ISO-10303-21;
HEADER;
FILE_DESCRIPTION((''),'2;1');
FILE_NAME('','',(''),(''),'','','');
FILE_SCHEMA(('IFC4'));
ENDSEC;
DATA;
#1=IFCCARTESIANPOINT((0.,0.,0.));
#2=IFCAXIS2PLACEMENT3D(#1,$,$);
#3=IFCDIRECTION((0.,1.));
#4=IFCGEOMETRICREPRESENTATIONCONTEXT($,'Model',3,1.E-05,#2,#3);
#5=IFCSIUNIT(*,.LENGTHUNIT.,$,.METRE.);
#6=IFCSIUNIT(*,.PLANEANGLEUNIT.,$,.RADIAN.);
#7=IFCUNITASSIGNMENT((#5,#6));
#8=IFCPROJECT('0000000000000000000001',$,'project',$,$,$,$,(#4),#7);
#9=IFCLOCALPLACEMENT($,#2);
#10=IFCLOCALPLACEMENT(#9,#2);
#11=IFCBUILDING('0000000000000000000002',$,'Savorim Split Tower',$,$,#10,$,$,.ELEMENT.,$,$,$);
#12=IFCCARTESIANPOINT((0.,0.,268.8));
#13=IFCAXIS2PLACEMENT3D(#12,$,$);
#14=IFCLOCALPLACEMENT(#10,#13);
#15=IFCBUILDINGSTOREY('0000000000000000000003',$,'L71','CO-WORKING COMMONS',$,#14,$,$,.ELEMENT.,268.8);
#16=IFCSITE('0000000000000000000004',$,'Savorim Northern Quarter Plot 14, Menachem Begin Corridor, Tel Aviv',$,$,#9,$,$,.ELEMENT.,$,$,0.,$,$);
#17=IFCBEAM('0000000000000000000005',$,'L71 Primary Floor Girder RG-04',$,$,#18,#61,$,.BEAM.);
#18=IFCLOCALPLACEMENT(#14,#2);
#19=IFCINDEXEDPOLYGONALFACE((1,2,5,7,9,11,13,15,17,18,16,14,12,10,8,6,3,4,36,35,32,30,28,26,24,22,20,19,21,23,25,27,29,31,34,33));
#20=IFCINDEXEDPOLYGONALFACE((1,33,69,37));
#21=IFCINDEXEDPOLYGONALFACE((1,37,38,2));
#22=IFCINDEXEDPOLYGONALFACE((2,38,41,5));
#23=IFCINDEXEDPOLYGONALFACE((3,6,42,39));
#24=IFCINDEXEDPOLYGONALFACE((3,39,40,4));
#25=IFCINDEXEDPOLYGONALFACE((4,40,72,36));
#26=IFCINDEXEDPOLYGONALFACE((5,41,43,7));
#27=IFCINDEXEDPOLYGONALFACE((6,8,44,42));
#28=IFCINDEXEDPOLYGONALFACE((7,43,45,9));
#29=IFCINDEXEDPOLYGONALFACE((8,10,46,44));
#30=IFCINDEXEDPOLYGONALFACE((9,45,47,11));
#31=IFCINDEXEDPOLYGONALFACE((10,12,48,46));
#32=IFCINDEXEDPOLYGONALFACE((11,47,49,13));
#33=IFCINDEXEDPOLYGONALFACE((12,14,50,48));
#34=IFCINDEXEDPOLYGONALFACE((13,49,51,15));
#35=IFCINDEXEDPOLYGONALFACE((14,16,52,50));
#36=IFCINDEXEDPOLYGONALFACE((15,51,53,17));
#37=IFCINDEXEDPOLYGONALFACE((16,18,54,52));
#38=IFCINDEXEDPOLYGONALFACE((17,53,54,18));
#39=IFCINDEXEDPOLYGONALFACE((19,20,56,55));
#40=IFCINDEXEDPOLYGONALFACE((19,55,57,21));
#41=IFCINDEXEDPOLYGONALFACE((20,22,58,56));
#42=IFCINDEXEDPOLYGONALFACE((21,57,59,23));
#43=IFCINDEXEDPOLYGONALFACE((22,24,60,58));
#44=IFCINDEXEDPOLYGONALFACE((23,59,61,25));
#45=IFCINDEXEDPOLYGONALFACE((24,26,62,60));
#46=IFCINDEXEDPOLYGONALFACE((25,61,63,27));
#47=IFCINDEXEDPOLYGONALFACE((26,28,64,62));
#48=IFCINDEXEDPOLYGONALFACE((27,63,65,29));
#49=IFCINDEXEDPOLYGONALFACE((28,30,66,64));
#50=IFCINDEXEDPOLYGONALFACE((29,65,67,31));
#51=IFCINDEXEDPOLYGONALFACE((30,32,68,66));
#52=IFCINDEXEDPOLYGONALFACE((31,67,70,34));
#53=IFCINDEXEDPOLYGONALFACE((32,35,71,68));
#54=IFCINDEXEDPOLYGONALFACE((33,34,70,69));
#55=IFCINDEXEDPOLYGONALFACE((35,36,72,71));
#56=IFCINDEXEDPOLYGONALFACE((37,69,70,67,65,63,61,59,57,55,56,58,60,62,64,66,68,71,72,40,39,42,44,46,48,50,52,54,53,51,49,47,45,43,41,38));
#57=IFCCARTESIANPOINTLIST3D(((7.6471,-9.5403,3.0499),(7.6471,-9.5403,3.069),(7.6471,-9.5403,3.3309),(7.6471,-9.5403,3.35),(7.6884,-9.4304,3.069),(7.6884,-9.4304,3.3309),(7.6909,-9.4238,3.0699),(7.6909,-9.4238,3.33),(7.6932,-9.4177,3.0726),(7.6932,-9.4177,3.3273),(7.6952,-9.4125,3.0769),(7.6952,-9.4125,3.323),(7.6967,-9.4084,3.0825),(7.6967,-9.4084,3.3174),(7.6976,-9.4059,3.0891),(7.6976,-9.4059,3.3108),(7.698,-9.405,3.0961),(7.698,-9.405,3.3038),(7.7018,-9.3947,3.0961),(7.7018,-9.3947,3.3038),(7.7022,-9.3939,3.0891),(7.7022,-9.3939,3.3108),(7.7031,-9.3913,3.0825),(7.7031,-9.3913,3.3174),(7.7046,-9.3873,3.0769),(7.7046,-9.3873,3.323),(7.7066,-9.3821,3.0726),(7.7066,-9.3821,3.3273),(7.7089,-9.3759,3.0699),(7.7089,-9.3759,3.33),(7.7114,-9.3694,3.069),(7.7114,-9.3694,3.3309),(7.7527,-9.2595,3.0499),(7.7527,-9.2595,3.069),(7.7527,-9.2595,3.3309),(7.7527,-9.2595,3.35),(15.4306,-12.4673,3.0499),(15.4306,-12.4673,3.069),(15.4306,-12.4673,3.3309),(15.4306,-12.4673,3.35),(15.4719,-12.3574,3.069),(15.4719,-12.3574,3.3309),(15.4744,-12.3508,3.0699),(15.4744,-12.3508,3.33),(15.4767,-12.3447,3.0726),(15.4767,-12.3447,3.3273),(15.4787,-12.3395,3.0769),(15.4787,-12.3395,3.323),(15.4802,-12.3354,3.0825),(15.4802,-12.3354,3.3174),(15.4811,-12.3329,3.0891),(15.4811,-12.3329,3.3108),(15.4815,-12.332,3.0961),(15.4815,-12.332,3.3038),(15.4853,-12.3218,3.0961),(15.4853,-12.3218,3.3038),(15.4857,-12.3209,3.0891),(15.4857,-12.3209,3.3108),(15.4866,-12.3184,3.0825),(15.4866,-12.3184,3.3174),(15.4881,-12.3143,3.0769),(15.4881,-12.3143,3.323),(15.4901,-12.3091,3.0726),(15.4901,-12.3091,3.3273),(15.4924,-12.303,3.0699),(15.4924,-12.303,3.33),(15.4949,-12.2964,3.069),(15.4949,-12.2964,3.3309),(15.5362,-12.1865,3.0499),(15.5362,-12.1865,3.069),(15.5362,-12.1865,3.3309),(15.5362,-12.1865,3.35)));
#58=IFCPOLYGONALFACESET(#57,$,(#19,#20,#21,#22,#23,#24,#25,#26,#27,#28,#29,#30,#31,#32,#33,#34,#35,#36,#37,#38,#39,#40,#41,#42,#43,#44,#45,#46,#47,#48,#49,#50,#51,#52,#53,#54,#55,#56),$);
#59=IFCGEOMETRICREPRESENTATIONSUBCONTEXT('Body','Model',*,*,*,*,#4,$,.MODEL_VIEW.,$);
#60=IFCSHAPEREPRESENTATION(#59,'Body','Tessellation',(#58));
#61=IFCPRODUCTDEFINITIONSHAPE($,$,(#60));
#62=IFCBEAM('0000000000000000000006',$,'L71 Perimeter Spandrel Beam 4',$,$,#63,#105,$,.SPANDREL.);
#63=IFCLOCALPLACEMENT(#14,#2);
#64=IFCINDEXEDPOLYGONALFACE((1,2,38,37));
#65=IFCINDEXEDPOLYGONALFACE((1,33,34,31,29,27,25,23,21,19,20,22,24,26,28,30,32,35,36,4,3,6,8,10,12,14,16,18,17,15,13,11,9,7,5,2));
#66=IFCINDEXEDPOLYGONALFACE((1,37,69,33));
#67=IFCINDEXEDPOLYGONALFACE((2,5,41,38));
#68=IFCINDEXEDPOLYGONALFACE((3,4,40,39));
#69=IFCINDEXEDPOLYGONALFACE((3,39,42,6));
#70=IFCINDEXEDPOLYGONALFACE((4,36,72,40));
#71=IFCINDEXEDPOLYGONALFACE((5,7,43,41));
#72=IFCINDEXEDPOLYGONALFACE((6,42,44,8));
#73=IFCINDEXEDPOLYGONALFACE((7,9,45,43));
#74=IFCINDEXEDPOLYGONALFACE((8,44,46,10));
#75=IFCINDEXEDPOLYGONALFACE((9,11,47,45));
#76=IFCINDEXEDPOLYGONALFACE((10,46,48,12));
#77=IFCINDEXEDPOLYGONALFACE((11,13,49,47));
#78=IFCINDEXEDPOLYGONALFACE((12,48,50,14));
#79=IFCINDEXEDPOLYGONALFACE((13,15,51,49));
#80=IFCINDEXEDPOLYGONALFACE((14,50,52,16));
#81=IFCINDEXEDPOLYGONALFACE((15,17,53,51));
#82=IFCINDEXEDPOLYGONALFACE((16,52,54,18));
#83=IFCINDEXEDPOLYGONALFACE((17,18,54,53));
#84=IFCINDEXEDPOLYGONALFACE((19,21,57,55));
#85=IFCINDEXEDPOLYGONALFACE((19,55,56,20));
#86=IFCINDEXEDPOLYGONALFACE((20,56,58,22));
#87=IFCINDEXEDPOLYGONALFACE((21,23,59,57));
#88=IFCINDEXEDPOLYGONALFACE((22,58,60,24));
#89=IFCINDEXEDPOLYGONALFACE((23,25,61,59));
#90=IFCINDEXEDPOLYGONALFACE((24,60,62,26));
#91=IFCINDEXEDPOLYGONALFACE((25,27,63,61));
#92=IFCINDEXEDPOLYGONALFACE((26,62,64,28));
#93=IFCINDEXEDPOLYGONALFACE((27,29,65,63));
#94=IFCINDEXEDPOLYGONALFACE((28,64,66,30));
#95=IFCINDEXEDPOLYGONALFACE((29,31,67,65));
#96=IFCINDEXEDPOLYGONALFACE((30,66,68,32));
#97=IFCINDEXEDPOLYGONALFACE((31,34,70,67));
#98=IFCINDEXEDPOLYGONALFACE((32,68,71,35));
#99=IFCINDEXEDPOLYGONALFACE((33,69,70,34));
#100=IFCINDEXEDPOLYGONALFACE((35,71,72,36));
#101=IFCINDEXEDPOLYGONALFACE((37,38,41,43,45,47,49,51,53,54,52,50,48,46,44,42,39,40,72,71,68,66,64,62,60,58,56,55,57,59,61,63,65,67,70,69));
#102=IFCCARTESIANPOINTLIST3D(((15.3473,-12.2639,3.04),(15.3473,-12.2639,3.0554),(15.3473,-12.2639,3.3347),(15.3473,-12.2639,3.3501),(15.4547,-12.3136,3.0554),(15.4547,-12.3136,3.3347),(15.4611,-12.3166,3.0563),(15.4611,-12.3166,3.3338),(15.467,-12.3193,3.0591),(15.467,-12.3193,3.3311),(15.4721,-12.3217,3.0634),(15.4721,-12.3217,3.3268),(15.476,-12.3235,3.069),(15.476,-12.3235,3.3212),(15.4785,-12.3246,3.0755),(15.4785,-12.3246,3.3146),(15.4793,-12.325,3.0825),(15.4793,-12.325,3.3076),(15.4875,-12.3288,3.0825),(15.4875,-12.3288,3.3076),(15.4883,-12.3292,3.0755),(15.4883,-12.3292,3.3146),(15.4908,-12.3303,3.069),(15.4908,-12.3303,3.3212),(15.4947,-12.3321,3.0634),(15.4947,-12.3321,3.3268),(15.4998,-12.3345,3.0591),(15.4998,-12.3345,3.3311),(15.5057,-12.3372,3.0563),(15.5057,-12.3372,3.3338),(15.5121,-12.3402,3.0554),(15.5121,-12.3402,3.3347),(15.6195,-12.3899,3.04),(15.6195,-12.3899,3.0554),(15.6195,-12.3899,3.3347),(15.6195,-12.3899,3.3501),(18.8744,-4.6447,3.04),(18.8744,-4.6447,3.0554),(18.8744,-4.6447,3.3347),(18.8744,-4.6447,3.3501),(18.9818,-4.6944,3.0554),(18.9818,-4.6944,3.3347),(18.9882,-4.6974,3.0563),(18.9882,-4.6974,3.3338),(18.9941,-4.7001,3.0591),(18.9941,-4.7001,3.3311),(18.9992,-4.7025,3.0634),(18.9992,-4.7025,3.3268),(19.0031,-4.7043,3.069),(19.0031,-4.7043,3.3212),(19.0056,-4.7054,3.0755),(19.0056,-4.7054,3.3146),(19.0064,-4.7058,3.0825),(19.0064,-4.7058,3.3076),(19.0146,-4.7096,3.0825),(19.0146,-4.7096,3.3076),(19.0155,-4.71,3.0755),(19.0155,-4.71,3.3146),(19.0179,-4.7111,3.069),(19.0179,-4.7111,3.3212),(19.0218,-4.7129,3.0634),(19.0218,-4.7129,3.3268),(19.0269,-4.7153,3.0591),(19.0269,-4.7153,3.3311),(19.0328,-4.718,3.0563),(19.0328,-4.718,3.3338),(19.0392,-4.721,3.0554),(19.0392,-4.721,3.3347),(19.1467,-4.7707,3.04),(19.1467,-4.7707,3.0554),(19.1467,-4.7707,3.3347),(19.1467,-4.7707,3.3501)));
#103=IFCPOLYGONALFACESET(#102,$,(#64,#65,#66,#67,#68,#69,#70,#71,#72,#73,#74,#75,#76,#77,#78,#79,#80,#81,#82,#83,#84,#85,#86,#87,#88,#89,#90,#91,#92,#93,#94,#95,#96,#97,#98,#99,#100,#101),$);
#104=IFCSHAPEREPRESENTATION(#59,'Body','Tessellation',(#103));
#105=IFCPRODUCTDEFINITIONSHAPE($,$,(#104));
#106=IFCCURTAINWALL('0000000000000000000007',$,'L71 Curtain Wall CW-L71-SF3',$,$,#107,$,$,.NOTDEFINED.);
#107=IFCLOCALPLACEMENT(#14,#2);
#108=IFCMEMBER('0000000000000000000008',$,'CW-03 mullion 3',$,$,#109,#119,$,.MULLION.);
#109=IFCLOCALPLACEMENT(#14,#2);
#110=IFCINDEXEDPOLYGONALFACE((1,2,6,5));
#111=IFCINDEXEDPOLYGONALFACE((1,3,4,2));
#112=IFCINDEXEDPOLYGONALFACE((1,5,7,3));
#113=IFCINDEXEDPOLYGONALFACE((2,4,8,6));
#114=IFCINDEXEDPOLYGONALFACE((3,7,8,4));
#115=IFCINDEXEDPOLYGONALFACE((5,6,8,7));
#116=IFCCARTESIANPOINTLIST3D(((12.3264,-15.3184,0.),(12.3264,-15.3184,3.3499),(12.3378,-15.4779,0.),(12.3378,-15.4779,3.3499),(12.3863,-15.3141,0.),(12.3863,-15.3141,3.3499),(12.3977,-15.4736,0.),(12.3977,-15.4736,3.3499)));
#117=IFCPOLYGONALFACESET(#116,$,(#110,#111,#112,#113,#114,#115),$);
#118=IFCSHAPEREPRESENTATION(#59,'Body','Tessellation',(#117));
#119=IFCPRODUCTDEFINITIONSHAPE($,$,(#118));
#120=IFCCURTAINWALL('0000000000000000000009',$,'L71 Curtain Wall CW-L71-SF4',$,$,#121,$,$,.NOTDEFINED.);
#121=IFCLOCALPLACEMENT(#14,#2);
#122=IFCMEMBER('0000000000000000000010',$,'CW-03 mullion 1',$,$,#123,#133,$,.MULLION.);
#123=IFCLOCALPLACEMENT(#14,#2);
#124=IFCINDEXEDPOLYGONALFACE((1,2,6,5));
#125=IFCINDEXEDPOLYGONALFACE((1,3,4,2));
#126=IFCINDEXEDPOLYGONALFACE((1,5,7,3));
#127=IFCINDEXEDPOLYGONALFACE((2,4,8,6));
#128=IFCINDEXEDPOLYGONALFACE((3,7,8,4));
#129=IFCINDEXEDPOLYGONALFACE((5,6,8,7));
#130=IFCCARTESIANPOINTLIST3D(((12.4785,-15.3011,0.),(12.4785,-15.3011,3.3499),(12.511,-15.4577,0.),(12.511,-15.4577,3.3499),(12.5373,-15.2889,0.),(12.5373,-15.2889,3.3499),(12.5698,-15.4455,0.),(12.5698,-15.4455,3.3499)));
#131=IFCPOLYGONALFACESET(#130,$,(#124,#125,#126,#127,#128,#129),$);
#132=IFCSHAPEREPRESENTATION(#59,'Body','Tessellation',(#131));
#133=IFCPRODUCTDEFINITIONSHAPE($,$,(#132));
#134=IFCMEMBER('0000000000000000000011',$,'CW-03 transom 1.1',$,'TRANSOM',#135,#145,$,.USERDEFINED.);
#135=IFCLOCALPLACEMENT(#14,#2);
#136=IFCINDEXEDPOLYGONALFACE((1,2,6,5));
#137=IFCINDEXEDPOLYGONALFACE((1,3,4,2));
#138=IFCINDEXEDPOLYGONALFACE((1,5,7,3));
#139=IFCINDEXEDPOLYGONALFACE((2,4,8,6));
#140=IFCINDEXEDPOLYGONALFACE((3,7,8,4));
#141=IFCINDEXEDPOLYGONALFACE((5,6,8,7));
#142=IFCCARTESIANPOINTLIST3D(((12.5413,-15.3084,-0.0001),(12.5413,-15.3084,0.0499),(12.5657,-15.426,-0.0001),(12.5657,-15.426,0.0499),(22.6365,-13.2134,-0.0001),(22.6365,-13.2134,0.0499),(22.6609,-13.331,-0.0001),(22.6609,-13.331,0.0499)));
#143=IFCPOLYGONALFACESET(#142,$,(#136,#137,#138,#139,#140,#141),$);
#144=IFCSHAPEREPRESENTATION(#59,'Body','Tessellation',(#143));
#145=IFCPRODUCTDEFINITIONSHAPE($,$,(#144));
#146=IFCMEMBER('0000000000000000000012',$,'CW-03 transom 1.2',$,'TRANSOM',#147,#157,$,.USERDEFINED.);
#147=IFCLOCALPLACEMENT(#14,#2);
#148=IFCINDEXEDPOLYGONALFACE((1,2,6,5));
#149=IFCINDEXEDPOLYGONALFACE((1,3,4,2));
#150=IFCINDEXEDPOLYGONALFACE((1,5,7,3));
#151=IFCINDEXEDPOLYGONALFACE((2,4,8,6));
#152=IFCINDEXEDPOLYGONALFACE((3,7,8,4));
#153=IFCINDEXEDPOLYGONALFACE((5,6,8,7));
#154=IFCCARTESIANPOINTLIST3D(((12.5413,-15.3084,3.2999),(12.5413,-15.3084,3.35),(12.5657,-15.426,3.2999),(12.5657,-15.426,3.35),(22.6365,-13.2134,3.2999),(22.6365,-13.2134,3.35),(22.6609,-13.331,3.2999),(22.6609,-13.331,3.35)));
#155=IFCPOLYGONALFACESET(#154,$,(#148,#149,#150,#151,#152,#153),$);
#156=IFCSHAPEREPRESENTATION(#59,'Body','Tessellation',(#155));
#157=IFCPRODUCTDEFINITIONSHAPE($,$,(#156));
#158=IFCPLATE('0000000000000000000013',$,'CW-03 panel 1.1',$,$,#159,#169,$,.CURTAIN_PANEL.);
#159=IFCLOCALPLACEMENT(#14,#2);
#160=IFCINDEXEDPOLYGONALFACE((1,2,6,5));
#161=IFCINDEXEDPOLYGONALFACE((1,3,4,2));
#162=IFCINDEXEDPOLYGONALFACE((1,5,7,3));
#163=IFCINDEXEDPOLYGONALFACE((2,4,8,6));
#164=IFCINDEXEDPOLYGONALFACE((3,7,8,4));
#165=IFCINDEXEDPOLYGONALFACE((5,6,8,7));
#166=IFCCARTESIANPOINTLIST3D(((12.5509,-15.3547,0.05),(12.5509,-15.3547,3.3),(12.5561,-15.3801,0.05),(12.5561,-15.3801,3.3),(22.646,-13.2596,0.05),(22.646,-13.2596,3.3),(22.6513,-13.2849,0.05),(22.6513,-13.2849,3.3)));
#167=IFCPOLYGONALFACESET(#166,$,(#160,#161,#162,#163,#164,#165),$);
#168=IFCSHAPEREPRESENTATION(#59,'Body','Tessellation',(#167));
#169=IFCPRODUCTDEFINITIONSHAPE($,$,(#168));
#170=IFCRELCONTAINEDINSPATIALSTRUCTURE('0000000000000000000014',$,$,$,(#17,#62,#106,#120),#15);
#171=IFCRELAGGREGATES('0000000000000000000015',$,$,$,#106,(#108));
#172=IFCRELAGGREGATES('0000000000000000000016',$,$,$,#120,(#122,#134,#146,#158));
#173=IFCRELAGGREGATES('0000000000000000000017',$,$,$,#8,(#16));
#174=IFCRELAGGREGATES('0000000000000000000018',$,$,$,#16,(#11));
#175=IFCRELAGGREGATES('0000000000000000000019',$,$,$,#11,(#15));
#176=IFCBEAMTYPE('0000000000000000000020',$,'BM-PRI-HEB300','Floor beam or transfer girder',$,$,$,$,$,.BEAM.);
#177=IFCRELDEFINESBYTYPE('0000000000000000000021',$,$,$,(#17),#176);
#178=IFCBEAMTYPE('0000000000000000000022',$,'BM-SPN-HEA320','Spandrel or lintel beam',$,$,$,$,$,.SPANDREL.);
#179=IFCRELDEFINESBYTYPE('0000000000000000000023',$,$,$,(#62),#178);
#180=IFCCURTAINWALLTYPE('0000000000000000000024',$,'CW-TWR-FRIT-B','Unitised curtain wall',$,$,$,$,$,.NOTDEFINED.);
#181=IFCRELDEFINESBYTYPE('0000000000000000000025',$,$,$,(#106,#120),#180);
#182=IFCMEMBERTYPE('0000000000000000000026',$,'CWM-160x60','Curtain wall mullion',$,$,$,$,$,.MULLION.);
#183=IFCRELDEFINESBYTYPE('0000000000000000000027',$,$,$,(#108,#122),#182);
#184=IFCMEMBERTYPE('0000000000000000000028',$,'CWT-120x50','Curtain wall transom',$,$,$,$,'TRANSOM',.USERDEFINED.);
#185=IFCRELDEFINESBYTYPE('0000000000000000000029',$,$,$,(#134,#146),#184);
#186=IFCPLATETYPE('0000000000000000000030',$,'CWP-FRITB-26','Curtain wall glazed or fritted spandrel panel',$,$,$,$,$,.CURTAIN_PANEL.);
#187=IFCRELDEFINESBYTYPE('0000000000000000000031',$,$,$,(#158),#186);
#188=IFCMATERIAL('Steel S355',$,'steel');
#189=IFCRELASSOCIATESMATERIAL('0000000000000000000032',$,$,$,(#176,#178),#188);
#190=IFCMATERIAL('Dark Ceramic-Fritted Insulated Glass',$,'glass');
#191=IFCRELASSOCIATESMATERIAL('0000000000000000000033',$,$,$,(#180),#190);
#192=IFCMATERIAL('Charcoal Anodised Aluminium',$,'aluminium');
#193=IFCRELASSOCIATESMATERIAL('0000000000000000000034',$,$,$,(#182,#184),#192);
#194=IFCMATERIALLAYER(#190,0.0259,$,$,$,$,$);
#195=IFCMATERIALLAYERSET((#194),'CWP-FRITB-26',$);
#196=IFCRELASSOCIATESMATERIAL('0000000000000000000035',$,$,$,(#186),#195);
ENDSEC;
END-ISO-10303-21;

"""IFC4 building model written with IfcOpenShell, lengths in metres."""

from ifc_helpers import new_model, si_unit, direction, frame, origin, origin_2d, place, context, subcontext, project, spatial, rectangle, i_section, extrude, material, layer, layer_set, material_profile, profile_set, type_object, element, aggregate, save


model = new_model("IFC4")

# Units and contexts
model_context = context("Model", 3, precision=1e-05, world=origin(), true_north=direction((0.0, 1.0)))
body_context = subcontext(model_context, "Body", "Model", "MODEL_VIEW")
ifc_project = project(units=[si_unit("LENGTHUNIT", "METRE"), si_unit("PLANEANGLEUNIT", "RADIAN")], contexts=[model_context])

# Site, building, storey
site_placement = place(None, origin())
site = spatial("IfcSite", under=ifc_project, at=site_placement, Name="Savorim Northern Quarter Plot 14, Menachem Begin Corridor, Tel Aviv", CompositionType="ELEMENT", RefElevation=0.0)
building_placement = place(site_placement, origin())
building = spatial("IfcBuilding", under=site, at=building_placement, Name="Savorim Split Tower", CompositionType="ELEMENT")
storey_placement = place(building_placement, frame((0.0, 0.0, 268.8)))
storey = spatial("IfcBuildingStorey", under=building, at=storey_placement, Name="L71", Description="CO-WORKING COMMONS", CompositionType="ELEMENT", Elevation=268.8)

# Shared definitions
ifc_material_1 = material(Name="Steel S355", Category="steel")

# Beams
ifc_material_profile_1 = material_profile(ifc_material_1, i_section(OverallWidth=0.3, OverallDepth=0.3, WebThickness=0.011, FlangeThickness=0.019, FilletRadius=0.0271, at=origin_2d()), Name="HEB 300")
ifc_profile_set_1 = profile_set([ifc_material_profile_1], Name="Steel S355")
beam_type_1 = type_object("IfcBeamType", Name="BM-PRI-HEB300", Description="Floor beam or transfer girder", PredefinedType="BEAM", material=ifc_profile_set_1)
beam_1_placement = place(storey_placement, frame((15.4834, -12.3269, 3.2), z_axis=(-0.936004, 0.351989, 0.0), x_axis=(-0.351989, -0.936004, 0.0)))
element("IfcBeam", 1, at=beam_1_placement, inside=storey, type_object=beam_type_1, Name="L71 Primary Floor Girder RG-04", PredefinedType="BEAM", context=body_context, shape_type="SweptSolid", body=[
    extrude(i_section(OverallWidth=0.3, OverallDepth=0.3, WebThickness=0.011, FlangeThickness=0.019, FilletRadius=0.0271, at=origin_2d()), origin(), (0.0, 0.0, 1.0), 8.3157),
])
ifc_material_profile_2 = material_profile(ifc_material_1, i_section(OverallWidth=0.3, OverallDepth=0.3101, WebThickness=0.009, FlangeThickness=0.0154, FilletRadius=0.0271, at=origin_2d()), Name="HEA 320")
ifc_profile_set_2 = profile_set([ifc_material_profile_2], Name="Steel S355")
beam_type_2 = type_object("IfcBeamType", Name="BM-SPN-HEA320", Description="Spandrel or lintel beam", PredefinedType="SPANDREL", material=ifc_profile_set_2)
beam_2_placement = place(storey_placement, frame((15.4834, -12.3269, 3.1951), z_axis=(0.420096, 0.90748, 0.0), x_axis=(-0.90748, 0.420096, 0.0)))
element("IfcBeam", 2, at=beam_2_placement, inside=storey, type_object=beam_type_2, Name="L71 Perimeter Spandrel Beam 4", PredefinedType="SPANDREL", context=body_context, shape_type="SweptSolid", body=[
    extrude(i_section(OverallWidth=0.3, OverallDepth=0.3101, WebThickness=0.009, FlangeThickness=0.0154, FilletRadius=0.0271, at=origin_2d()), origin(), (0.0, 0.0, 1.0), 8.396),
])

# Curtain wall, member
ifc_material_2 = material(Name="Dark Ceramic-Fritted Insulated Glass", Category="glass")
curtain_wall_type = type_object("IfcCurtainWallType", Name="CW-TWR-FRIT-B", Description="Unitised curtain wall", PredefinedType="NOTDEFINED", material=ifc_material_2)
curtain_wall_1_placement = place(storey_placement, origin())
curtain_wall_1 = element("IfcCurtainWall", 3, at=curtain_wall_1_placement, inside=storey, type_object=curtain_wall_type, Name="L71 Curtain Wall CW-L71-SF3", PredefinedType="NOTDEFINED")
ifc_material_3 = material(Name="Charcoal Anodised Aluminium", Category="aluminium")
ifc_material_profile_3 = material_profile(ifc_material_3, rectangle(XDim=0.1599, YDim=0.0601, at=origin_2d()), Name="ALU-M 160x60")
ifc_profile_set_3 = profile_set([ifc_material_profile_3], Name="Charcoal Anodised Aluminium")
member_type_1 = type_object("IfcMemberType", Name="CWM-160x60", Description="Curtain wall mullion", PredefinedType="MULLION", material=ifc_profile_set_3)
member_1_placement = place(storey_placement, frame((12.3621, -15.396, 0.0), z_axis=(0.0, 0.0, 1.0), x_axis=(-0.071562, 0.997436, 0.0)))
member_1 = element("IfcMember", 4, at=member_1_placement, type_object=member_type_1, Name="CW-03 mullion 3", PredefinedType="MULLION", context=body_context, shape_type="SweptSolid", body=[
    extrude(rectangle(XDim=0.1599, YDim=0.0601, at=origin_2d()), origin(), (0.0, 0.0, 1.0), 3.3499),
])
aggregate(curtain_wall_1, [member_1])

# Curtain wall, members, plate
curtain_wall_2_placement = place(storey_placement, origin())
curtain_wall_2 = element("IfcCurtainWall", 5, at=curtain_wall_2_placement, inside=storey, type_object=curtain_wall_type, Name="L71 Curtain Wall CW-L71-SF4", PredefinedType="NOTDEFINED")
member_2_placement = place(storey_placement, frame((12.5242, -15.3733, 0.0), z_axis=(0.0, 0.0, 1.0), x_axis=(-0.203208, 0.979136, 0.0)))
member_2 = element("IfcMember", 6, at=member_2_placement, type_object=member_type_1, Name="CW-03 mullion 1", PredefinedType="MULLION", context=body_context, shape_type="SweptSolid", body=[
    extrude(rectangle(XDim=0.1599, YDim=0.0601, at=origin_2d()), origin(), (0.0, 0.0, 1.0), 3.3499),
])
ifc_material_profile_4 = material_profile(ifc_material_3, rectangle(XDim=0.1201, YDim=0.05, at=origin_2d()), Name="ALU-T 120x50")
ifc_profile_set_4 = profile_set([ifc_material_profile_4], Name="Charcoal Anodised Aluminium")
member_type_2 = type_object("IfcMemberType", Name="CWT-120x50", Description="Curtain wall transom", ElementType="TRANSOM", PredefinedType="USERDEFINED", material=ifc_profile_set_4)
member_3_placement = place(storey_placement, frame((12.5535, -15.3672, 0.0249), z_axis=(0.979139, 0.203192, 0.0), x_axis=(-0.203192, 0.979139, 0.0)))
member_3 = element("IfcMember", 7, at=member_3_placement, type_object=member_type_2, Name="CW-03 transom 1.1", ObjectType="TRANSOM", PredefinedType="USERDEFINED", context=body_context, shape_type="SweptSolid", body=[
    extrude(rectangle(XDim=0.1201, YDim=0.05, at=origin_2d()), origin(), (0.0, 0.0, 1.0), 10.3103),
])
member_4_placement = place(storey_placement, frame((12.5535, -15.3672, 3.325), z_axis=(0.979139, 0.203192, 0.0), x_axis=(-0.203192, 0.979139, 0.0)))
member_4 = element("IfcMember", 8, at=member_4_placement, type_object=member_type_2, Name="CW-03 transom 1.2", ObjectType="TRANSOM", PredefinedType="USERDEFINED", context=body_context, shape_type="SweptSolid", body=[
    extrude(rectangle(XDim=0.1201, YDim=0.05, at=origin_2d()), origin(), (0.0, 0.0, 1.0), 10.3103),
])
ifc_layer_1 = layer(ifc_material_2, 0.0259)
ifc_layer_set_1 = layer_set([ifc_layer_1], Name="CWP-FRITB-26")
plate_type = type_object("IfcPlateType", Name="CWP-FRITB-26", Description="Curtain wall glazed or fritted spandrel panel", PredefinedType="CURTAIN_PANEL", material=ifc_layer_set_1)
plate_placement = place(storey_placement, frame((17.6011, -14.3198, 0.05), z_axis=(0.0, 0.0, 1.0), x_axis=(0.979136, 0.203208, 0.0)))
plate = element("IfcPlate", 9, at=plate_placement, type_object=plate_type, Name="CW-03 panel 1.1", PredefinedType="CURTAIN_PANEL", context=body_context, shape_type="SweptSolid", body=[
    extrude(rectangle(XDim=10.3103, YDim=0.0259, at=origin_2d()), origin(), (0.0, 0.0, 1.0), 3.25),
])
aggregate(curtain_wall_2, [member_2, member_3, member_4, plate])

save(model, "model.ifc")
